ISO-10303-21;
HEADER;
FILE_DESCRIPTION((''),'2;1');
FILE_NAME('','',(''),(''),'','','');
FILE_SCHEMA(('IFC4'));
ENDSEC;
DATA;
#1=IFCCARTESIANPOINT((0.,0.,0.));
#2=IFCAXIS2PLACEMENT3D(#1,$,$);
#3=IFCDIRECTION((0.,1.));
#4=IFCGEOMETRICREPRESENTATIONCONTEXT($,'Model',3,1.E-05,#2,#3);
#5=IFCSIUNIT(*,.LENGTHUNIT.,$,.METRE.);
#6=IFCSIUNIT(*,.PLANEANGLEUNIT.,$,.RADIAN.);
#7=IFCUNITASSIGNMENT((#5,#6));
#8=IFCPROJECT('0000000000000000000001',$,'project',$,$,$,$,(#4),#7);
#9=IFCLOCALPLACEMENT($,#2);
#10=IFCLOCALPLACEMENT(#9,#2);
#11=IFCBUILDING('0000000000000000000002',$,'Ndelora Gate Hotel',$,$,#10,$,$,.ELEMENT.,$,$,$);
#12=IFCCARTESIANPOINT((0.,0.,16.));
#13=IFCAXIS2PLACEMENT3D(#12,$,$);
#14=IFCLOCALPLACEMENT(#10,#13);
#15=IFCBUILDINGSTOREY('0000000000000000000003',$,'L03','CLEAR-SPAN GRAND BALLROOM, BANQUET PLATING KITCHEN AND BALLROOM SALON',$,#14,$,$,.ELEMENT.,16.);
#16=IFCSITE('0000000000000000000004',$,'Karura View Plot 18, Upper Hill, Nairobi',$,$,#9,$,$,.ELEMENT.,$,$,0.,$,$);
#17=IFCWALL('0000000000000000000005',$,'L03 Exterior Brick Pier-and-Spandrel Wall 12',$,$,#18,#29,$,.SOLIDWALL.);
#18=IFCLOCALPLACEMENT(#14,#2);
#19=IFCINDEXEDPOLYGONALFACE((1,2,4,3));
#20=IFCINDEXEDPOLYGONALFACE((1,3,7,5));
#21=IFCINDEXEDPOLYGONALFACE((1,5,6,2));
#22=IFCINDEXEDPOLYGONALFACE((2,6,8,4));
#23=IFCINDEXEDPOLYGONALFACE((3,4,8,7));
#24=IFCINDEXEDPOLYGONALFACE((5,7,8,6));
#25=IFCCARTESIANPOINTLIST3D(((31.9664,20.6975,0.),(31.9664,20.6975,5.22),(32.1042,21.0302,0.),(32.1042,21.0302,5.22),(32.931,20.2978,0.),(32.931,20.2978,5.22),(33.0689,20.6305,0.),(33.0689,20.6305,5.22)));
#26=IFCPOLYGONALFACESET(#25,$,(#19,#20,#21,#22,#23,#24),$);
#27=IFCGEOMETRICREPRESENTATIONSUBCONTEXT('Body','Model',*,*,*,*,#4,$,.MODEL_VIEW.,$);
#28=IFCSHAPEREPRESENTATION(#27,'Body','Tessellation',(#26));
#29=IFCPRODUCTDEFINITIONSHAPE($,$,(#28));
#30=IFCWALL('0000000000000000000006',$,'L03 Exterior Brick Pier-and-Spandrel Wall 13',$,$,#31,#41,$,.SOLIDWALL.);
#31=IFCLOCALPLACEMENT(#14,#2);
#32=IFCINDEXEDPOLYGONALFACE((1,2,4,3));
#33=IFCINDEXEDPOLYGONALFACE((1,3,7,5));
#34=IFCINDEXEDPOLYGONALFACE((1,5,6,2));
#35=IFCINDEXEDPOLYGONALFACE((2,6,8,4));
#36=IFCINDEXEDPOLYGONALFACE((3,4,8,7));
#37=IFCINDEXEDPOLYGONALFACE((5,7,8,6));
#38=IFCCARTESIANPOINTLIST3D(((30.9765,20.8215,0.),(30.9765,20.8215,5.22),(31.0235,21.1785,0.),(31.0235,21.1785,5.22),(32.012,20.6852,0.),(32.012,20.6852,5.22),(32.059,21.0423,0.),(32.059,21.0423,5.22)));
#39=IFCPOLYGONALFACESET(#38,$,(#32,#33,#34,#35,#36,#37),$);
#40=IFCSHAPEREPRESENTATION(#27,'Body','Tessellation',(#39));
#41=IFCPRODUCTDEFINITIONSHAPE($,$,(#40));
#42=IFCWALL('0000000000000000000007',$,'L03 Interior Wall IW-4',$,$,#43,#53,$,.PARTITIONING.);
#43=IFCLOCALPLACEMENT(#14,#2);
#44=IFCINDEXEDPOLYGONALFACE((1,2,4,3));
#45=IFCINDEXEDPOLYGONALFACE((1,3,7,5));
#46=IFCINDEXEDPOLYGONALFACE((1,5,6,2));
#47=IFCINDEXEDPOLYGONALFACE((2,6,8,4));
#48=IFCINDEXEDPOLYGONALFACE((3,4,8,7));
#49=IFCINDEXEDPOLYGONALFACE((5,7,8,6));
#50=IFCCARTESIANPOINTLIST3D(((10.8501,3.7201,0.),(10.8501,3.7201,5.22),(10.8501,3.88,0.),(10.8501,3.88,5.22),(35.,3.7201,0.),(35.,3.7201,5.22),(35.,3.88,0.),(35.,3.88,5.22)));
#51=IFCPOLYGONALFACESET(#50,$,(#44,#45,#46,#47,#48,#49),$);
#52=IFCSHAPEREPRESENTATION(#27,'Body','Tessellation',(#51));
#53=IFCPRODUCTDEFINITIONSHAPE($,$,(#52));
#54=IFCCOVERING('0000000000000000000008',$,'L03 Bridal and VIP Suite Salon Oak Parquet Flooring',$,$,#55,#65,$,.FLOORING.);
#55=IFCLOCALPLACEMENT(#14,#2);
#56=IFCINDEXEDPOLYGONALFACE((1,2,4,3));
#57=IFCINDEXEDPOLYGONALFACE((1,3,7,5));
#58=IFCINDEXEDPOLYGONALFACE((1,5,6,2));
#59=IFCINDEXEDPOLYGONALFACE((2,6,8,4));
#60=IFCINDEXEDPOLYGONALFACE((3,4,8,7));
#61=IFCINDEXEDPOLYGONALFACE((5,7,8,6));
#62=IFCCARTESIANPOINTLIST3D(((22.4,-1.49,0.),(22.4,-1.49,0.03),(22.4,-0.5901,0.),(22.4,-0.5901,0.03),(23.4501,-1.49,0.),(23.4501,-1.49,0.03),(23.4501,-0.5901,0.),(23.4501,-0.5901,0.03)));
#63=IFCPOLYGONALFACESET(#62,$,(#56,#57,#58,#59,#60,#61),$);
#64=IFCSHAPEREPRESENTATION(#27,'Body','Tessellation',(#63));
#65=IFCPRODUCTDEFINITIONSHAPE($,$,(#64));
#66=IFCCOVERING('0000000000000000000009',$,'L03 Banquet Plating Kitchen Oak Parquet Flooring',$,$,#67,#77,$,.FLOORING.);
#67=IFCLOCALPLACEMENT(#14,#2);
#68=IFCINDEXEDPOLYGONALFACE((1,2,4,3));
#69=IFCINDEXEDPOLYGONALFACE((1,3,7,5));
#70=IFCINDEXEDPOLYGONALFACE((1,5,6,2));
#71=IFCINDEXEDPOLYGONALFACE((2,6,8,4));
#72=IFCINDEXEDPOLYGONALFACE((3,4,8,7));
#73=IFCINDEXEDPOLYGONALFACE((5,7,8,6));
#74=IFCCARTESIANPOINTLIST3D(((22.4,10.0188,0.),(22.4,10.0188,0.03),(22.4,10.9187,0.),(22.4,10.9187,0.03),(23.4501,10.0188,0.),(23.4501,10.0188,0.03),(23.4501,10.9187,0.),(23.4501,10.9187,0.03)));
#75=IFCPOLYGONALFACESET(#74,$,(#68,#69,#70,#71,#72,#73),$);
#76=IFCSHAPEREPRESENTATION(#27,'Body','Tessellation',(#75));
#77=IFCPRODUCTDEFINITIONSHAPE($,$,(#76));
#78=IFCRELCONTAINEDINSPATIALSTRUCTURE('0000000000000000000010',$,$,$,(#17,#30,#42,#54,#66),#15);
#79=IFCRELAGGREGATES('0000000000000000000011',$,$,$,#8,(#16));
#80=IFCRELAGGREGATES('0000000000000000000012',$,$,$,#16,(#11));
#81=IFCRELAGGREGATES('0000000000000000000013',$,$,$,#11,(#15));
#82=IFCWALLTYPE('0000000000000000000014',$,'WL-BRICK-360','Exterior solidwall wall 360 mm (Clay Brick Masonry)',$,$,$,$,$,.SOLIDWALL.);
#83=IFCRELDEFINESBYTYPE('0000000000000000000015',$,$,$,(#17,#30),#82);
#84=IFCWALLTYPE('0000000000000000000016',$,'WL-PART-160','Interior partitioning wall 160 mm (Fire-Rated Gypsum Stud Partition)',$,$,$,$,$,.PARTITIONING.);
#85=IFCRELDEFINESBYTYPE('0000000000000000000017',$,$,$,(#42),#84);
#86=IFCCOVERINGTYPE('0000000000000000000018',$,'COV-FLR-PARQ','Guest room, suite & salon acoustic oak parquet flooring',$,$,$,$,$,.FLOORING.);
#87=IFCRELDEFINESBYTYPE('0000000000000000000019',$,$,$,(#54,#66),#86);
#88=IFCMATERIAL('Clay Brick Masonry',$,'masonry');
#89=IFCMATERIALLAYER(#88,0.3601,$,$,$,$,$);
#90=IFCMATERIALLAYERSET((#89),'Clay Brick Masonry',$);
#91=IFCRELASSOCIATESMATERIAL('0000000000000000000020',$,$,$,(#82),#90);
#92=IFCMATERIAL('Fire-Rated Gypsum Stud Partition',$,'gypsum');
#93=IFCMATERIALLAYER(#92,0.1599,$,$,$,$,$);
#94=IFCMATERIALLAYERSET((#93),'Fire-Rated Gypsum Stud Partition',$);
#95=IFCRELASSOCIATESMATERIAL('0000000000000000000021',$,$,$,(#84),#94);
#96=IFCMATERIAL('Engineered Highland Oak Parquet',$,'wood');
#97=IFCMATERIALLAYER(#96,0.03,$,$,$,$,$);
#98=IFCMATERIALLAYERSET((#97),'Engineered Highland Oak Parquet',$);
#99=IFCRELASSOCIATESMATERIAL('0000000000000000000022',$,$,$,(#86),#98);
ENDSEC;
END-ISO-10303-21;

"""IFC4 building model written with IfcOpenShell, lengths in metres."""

from ifc_helpers import new_model, si_unit, direction, frame, frame_2d, origin, origin_2d, place, context, subcontext, project, spatial, rectangle, extrude, material, layer, layer_set, type_object, element, save


model = new_model("IFC4")

# Units and contexts
model_context = context("Model", 3, precision=1e-05, world=origin(), true_north=direction((0.0, 1.0)))
body_context = subcontext(model_context, "Body", "Model", "MODEL_VIEW")
ifc_project = project(units=[si_unit("LENGTHUNIT", "METRE"), si_unit("PLANEANGLEUNIT", "RADIAN")], contexts=[model_context])

# Site, building, storey
site_placement = place(None, origin())
site = spatial("IfcSite", under=ifc_project, at=site_placement, Name="Karura View Plot 18, Upper Hill, Nairobi", CompositionType="ELEMENT", RefElevation=0.0)
building_placement = place(site_placement, origin())
building = spatial("IfcBuilding", under=site, at=building_placement, Name="Ndelora Gate Hotel", CompositionType="ELEMENT")
storey_placement = place(building_placement, frame((0.0, 0.0, 16.0)))
storey = spatial("IfcBuildingStorey", under=building, at=storey_placement, Name="L03", Description="CLEAR-SPAN GRAND BALLROOM, BANQUET PLATING KITCHEN AND BALLROOM SALON", CompositionType="ELEMENT", Elevation=16.0)

# Shared definitions
ifc_material_1 = material(Name="Clay Brick Masonry", Category="masonry")
ifc_layer_1 = layer(ifc_material_1, 0.3601)
ifc_layer_set_1 = layer_set([ifc_layer_1], Name="Clay Brick Masonry")
wall_type_1 = type_object("IfcWallType", Name="WL-BRICK-360", Description="Exterior solidwall wall 360 mm (Clay Brick Masonry)", PredefinedType="SOLIDWALL", material=ifc_layer_set_1)

# Walls
for number, where, z_axis, x_axis, name in (
    (1, (32.0354, 20.8638, 0.0), (0.0, 0.0, 1.0), (0.923843, -0.382772, 0.0), "L03 Exterior Brick Pier-and-Spandrel Wall 12"),
):
    element("IfcWall", number, at=place(storey_placement, frame(where, z_axis=z_axis, x_axis=x_axis)), inside=storey, type_object=wall_type_1, Name=name, PredefinedType="SOLIDWALL", context=body_context, shape_type="SweptSolid", body=[
        extrude(rectangle(XDim=1.0442, YDim=0.3601, at=frame_2d((0.522, 0.0))), origin(), (0.0, 0.0, 1.0), 5.22),
    ])
wall_1_placement = place(storey_placement, frame((31.0, 21.0, 0.0), z_axis=(0.0, 0.0, 1.0), x_axis=(0.991455, -0.130448, 0.0)))
element("IfcWall", 2, at=wall_1_placement, inside=storey, type_object=wall_type_1, Name="L03 Exterior Brick Pier-and-Spandrel Wall 13", PredefinedType="SOLIDWALL", context=body_context, shape_type="SweptSolid", body=[
    extrude(rectangle(XDim=1.0444, YDim=0.3601, at=frame_2d((0.5222, 0.0))), origin(), (0.0, 0.0, 1.0), 5.22),
])
ifc_material_2 = material(Name="Fire-Rated Gypsum Stud Partition", Category="gypsum")
ifc_layer_2 = layer(ifc_material_2, 0.1599)
ifc_layer_set_2 = layer_set([ifc_layer_2], Name="Fire-Rated Gypsum Stud Partition")
wall_type_2 = type_object("IfcWallType", Name="WL-PART-160", Description="Interior partitioning wall 160 mm (Fire-Rated Gypsum Stud Partition)", PredefinedType="PARTITIONING", material=ifc_layer_set_2)
wall_2_placement = place(storey_placement, frame((35.0, 3.8, 0.0), z_axis=(0.0, 0.0, 1.0), x_axis=(-1.0, 0.0, 0.0)))
element("IfcWall", 3, at=wall_2_placement, inside=storey, type_object=wall_type_2, Name="L03 Interior Wall IW-4", PredefinedType="PARTITIONING", context=body_context, shape_type="SweptSolid", body=[
    extrude(rectangle(XDim=24.1499, YDim=0.1599, at=frame_2d((12.075, 0.0))), origin(), (0.0, 0.0, 1.0), 5.22),
])

# Coverings
ifc_material_3 = material(Name="Engineered Highland Oak Parquet", Category="wood")
ifc_layer_3 = layer(ifc_material_3, 0.03)
ifc_layer_set_3 = layer_set([ifc_layer_3], Name="Engineered Highland Oak Parquet")
covering_type = type_object("IfcCoveringType", Name="COV-FLR-PARQ", Description="Guest room, suite & salon acoustic oak parquet flooring", PredefinedType="FLOORING", material=ifc_layer_set_3)
for number, where, z_axis, x_axis, name in (
    (4, (22.925, -1.04, 0.0), (0.0, 0.0, 1.0), (1.0, 0.0, 0.0), "L03 Bridal and VIP Suite Salon Oak Parquet Flooring"),
    (5, (22.925, 10.4688, 0.0), (0.0, 0.0, 1.0), (1.0, 0.0, 0.0), "L03 Banquet Plating Kitchen Oak Parquet Flooring"),
):
    element("IfcCovering", number, at=place(storey_placement, frame(where, z_axis=z_axis, x_axis=x_axis)), inside=storey, type_object=covering_type, Name=name, PredefinedType="FLOORING", context=body_context, shape_type="SweptSolid", body=[
        extrude(rectangle(XDim=1.05, YDim=0.8999, at=origin_2d()), origin(), (0.0, 0.0, 1.0), 0.03),
    ])

save(model, "model.ifc")
